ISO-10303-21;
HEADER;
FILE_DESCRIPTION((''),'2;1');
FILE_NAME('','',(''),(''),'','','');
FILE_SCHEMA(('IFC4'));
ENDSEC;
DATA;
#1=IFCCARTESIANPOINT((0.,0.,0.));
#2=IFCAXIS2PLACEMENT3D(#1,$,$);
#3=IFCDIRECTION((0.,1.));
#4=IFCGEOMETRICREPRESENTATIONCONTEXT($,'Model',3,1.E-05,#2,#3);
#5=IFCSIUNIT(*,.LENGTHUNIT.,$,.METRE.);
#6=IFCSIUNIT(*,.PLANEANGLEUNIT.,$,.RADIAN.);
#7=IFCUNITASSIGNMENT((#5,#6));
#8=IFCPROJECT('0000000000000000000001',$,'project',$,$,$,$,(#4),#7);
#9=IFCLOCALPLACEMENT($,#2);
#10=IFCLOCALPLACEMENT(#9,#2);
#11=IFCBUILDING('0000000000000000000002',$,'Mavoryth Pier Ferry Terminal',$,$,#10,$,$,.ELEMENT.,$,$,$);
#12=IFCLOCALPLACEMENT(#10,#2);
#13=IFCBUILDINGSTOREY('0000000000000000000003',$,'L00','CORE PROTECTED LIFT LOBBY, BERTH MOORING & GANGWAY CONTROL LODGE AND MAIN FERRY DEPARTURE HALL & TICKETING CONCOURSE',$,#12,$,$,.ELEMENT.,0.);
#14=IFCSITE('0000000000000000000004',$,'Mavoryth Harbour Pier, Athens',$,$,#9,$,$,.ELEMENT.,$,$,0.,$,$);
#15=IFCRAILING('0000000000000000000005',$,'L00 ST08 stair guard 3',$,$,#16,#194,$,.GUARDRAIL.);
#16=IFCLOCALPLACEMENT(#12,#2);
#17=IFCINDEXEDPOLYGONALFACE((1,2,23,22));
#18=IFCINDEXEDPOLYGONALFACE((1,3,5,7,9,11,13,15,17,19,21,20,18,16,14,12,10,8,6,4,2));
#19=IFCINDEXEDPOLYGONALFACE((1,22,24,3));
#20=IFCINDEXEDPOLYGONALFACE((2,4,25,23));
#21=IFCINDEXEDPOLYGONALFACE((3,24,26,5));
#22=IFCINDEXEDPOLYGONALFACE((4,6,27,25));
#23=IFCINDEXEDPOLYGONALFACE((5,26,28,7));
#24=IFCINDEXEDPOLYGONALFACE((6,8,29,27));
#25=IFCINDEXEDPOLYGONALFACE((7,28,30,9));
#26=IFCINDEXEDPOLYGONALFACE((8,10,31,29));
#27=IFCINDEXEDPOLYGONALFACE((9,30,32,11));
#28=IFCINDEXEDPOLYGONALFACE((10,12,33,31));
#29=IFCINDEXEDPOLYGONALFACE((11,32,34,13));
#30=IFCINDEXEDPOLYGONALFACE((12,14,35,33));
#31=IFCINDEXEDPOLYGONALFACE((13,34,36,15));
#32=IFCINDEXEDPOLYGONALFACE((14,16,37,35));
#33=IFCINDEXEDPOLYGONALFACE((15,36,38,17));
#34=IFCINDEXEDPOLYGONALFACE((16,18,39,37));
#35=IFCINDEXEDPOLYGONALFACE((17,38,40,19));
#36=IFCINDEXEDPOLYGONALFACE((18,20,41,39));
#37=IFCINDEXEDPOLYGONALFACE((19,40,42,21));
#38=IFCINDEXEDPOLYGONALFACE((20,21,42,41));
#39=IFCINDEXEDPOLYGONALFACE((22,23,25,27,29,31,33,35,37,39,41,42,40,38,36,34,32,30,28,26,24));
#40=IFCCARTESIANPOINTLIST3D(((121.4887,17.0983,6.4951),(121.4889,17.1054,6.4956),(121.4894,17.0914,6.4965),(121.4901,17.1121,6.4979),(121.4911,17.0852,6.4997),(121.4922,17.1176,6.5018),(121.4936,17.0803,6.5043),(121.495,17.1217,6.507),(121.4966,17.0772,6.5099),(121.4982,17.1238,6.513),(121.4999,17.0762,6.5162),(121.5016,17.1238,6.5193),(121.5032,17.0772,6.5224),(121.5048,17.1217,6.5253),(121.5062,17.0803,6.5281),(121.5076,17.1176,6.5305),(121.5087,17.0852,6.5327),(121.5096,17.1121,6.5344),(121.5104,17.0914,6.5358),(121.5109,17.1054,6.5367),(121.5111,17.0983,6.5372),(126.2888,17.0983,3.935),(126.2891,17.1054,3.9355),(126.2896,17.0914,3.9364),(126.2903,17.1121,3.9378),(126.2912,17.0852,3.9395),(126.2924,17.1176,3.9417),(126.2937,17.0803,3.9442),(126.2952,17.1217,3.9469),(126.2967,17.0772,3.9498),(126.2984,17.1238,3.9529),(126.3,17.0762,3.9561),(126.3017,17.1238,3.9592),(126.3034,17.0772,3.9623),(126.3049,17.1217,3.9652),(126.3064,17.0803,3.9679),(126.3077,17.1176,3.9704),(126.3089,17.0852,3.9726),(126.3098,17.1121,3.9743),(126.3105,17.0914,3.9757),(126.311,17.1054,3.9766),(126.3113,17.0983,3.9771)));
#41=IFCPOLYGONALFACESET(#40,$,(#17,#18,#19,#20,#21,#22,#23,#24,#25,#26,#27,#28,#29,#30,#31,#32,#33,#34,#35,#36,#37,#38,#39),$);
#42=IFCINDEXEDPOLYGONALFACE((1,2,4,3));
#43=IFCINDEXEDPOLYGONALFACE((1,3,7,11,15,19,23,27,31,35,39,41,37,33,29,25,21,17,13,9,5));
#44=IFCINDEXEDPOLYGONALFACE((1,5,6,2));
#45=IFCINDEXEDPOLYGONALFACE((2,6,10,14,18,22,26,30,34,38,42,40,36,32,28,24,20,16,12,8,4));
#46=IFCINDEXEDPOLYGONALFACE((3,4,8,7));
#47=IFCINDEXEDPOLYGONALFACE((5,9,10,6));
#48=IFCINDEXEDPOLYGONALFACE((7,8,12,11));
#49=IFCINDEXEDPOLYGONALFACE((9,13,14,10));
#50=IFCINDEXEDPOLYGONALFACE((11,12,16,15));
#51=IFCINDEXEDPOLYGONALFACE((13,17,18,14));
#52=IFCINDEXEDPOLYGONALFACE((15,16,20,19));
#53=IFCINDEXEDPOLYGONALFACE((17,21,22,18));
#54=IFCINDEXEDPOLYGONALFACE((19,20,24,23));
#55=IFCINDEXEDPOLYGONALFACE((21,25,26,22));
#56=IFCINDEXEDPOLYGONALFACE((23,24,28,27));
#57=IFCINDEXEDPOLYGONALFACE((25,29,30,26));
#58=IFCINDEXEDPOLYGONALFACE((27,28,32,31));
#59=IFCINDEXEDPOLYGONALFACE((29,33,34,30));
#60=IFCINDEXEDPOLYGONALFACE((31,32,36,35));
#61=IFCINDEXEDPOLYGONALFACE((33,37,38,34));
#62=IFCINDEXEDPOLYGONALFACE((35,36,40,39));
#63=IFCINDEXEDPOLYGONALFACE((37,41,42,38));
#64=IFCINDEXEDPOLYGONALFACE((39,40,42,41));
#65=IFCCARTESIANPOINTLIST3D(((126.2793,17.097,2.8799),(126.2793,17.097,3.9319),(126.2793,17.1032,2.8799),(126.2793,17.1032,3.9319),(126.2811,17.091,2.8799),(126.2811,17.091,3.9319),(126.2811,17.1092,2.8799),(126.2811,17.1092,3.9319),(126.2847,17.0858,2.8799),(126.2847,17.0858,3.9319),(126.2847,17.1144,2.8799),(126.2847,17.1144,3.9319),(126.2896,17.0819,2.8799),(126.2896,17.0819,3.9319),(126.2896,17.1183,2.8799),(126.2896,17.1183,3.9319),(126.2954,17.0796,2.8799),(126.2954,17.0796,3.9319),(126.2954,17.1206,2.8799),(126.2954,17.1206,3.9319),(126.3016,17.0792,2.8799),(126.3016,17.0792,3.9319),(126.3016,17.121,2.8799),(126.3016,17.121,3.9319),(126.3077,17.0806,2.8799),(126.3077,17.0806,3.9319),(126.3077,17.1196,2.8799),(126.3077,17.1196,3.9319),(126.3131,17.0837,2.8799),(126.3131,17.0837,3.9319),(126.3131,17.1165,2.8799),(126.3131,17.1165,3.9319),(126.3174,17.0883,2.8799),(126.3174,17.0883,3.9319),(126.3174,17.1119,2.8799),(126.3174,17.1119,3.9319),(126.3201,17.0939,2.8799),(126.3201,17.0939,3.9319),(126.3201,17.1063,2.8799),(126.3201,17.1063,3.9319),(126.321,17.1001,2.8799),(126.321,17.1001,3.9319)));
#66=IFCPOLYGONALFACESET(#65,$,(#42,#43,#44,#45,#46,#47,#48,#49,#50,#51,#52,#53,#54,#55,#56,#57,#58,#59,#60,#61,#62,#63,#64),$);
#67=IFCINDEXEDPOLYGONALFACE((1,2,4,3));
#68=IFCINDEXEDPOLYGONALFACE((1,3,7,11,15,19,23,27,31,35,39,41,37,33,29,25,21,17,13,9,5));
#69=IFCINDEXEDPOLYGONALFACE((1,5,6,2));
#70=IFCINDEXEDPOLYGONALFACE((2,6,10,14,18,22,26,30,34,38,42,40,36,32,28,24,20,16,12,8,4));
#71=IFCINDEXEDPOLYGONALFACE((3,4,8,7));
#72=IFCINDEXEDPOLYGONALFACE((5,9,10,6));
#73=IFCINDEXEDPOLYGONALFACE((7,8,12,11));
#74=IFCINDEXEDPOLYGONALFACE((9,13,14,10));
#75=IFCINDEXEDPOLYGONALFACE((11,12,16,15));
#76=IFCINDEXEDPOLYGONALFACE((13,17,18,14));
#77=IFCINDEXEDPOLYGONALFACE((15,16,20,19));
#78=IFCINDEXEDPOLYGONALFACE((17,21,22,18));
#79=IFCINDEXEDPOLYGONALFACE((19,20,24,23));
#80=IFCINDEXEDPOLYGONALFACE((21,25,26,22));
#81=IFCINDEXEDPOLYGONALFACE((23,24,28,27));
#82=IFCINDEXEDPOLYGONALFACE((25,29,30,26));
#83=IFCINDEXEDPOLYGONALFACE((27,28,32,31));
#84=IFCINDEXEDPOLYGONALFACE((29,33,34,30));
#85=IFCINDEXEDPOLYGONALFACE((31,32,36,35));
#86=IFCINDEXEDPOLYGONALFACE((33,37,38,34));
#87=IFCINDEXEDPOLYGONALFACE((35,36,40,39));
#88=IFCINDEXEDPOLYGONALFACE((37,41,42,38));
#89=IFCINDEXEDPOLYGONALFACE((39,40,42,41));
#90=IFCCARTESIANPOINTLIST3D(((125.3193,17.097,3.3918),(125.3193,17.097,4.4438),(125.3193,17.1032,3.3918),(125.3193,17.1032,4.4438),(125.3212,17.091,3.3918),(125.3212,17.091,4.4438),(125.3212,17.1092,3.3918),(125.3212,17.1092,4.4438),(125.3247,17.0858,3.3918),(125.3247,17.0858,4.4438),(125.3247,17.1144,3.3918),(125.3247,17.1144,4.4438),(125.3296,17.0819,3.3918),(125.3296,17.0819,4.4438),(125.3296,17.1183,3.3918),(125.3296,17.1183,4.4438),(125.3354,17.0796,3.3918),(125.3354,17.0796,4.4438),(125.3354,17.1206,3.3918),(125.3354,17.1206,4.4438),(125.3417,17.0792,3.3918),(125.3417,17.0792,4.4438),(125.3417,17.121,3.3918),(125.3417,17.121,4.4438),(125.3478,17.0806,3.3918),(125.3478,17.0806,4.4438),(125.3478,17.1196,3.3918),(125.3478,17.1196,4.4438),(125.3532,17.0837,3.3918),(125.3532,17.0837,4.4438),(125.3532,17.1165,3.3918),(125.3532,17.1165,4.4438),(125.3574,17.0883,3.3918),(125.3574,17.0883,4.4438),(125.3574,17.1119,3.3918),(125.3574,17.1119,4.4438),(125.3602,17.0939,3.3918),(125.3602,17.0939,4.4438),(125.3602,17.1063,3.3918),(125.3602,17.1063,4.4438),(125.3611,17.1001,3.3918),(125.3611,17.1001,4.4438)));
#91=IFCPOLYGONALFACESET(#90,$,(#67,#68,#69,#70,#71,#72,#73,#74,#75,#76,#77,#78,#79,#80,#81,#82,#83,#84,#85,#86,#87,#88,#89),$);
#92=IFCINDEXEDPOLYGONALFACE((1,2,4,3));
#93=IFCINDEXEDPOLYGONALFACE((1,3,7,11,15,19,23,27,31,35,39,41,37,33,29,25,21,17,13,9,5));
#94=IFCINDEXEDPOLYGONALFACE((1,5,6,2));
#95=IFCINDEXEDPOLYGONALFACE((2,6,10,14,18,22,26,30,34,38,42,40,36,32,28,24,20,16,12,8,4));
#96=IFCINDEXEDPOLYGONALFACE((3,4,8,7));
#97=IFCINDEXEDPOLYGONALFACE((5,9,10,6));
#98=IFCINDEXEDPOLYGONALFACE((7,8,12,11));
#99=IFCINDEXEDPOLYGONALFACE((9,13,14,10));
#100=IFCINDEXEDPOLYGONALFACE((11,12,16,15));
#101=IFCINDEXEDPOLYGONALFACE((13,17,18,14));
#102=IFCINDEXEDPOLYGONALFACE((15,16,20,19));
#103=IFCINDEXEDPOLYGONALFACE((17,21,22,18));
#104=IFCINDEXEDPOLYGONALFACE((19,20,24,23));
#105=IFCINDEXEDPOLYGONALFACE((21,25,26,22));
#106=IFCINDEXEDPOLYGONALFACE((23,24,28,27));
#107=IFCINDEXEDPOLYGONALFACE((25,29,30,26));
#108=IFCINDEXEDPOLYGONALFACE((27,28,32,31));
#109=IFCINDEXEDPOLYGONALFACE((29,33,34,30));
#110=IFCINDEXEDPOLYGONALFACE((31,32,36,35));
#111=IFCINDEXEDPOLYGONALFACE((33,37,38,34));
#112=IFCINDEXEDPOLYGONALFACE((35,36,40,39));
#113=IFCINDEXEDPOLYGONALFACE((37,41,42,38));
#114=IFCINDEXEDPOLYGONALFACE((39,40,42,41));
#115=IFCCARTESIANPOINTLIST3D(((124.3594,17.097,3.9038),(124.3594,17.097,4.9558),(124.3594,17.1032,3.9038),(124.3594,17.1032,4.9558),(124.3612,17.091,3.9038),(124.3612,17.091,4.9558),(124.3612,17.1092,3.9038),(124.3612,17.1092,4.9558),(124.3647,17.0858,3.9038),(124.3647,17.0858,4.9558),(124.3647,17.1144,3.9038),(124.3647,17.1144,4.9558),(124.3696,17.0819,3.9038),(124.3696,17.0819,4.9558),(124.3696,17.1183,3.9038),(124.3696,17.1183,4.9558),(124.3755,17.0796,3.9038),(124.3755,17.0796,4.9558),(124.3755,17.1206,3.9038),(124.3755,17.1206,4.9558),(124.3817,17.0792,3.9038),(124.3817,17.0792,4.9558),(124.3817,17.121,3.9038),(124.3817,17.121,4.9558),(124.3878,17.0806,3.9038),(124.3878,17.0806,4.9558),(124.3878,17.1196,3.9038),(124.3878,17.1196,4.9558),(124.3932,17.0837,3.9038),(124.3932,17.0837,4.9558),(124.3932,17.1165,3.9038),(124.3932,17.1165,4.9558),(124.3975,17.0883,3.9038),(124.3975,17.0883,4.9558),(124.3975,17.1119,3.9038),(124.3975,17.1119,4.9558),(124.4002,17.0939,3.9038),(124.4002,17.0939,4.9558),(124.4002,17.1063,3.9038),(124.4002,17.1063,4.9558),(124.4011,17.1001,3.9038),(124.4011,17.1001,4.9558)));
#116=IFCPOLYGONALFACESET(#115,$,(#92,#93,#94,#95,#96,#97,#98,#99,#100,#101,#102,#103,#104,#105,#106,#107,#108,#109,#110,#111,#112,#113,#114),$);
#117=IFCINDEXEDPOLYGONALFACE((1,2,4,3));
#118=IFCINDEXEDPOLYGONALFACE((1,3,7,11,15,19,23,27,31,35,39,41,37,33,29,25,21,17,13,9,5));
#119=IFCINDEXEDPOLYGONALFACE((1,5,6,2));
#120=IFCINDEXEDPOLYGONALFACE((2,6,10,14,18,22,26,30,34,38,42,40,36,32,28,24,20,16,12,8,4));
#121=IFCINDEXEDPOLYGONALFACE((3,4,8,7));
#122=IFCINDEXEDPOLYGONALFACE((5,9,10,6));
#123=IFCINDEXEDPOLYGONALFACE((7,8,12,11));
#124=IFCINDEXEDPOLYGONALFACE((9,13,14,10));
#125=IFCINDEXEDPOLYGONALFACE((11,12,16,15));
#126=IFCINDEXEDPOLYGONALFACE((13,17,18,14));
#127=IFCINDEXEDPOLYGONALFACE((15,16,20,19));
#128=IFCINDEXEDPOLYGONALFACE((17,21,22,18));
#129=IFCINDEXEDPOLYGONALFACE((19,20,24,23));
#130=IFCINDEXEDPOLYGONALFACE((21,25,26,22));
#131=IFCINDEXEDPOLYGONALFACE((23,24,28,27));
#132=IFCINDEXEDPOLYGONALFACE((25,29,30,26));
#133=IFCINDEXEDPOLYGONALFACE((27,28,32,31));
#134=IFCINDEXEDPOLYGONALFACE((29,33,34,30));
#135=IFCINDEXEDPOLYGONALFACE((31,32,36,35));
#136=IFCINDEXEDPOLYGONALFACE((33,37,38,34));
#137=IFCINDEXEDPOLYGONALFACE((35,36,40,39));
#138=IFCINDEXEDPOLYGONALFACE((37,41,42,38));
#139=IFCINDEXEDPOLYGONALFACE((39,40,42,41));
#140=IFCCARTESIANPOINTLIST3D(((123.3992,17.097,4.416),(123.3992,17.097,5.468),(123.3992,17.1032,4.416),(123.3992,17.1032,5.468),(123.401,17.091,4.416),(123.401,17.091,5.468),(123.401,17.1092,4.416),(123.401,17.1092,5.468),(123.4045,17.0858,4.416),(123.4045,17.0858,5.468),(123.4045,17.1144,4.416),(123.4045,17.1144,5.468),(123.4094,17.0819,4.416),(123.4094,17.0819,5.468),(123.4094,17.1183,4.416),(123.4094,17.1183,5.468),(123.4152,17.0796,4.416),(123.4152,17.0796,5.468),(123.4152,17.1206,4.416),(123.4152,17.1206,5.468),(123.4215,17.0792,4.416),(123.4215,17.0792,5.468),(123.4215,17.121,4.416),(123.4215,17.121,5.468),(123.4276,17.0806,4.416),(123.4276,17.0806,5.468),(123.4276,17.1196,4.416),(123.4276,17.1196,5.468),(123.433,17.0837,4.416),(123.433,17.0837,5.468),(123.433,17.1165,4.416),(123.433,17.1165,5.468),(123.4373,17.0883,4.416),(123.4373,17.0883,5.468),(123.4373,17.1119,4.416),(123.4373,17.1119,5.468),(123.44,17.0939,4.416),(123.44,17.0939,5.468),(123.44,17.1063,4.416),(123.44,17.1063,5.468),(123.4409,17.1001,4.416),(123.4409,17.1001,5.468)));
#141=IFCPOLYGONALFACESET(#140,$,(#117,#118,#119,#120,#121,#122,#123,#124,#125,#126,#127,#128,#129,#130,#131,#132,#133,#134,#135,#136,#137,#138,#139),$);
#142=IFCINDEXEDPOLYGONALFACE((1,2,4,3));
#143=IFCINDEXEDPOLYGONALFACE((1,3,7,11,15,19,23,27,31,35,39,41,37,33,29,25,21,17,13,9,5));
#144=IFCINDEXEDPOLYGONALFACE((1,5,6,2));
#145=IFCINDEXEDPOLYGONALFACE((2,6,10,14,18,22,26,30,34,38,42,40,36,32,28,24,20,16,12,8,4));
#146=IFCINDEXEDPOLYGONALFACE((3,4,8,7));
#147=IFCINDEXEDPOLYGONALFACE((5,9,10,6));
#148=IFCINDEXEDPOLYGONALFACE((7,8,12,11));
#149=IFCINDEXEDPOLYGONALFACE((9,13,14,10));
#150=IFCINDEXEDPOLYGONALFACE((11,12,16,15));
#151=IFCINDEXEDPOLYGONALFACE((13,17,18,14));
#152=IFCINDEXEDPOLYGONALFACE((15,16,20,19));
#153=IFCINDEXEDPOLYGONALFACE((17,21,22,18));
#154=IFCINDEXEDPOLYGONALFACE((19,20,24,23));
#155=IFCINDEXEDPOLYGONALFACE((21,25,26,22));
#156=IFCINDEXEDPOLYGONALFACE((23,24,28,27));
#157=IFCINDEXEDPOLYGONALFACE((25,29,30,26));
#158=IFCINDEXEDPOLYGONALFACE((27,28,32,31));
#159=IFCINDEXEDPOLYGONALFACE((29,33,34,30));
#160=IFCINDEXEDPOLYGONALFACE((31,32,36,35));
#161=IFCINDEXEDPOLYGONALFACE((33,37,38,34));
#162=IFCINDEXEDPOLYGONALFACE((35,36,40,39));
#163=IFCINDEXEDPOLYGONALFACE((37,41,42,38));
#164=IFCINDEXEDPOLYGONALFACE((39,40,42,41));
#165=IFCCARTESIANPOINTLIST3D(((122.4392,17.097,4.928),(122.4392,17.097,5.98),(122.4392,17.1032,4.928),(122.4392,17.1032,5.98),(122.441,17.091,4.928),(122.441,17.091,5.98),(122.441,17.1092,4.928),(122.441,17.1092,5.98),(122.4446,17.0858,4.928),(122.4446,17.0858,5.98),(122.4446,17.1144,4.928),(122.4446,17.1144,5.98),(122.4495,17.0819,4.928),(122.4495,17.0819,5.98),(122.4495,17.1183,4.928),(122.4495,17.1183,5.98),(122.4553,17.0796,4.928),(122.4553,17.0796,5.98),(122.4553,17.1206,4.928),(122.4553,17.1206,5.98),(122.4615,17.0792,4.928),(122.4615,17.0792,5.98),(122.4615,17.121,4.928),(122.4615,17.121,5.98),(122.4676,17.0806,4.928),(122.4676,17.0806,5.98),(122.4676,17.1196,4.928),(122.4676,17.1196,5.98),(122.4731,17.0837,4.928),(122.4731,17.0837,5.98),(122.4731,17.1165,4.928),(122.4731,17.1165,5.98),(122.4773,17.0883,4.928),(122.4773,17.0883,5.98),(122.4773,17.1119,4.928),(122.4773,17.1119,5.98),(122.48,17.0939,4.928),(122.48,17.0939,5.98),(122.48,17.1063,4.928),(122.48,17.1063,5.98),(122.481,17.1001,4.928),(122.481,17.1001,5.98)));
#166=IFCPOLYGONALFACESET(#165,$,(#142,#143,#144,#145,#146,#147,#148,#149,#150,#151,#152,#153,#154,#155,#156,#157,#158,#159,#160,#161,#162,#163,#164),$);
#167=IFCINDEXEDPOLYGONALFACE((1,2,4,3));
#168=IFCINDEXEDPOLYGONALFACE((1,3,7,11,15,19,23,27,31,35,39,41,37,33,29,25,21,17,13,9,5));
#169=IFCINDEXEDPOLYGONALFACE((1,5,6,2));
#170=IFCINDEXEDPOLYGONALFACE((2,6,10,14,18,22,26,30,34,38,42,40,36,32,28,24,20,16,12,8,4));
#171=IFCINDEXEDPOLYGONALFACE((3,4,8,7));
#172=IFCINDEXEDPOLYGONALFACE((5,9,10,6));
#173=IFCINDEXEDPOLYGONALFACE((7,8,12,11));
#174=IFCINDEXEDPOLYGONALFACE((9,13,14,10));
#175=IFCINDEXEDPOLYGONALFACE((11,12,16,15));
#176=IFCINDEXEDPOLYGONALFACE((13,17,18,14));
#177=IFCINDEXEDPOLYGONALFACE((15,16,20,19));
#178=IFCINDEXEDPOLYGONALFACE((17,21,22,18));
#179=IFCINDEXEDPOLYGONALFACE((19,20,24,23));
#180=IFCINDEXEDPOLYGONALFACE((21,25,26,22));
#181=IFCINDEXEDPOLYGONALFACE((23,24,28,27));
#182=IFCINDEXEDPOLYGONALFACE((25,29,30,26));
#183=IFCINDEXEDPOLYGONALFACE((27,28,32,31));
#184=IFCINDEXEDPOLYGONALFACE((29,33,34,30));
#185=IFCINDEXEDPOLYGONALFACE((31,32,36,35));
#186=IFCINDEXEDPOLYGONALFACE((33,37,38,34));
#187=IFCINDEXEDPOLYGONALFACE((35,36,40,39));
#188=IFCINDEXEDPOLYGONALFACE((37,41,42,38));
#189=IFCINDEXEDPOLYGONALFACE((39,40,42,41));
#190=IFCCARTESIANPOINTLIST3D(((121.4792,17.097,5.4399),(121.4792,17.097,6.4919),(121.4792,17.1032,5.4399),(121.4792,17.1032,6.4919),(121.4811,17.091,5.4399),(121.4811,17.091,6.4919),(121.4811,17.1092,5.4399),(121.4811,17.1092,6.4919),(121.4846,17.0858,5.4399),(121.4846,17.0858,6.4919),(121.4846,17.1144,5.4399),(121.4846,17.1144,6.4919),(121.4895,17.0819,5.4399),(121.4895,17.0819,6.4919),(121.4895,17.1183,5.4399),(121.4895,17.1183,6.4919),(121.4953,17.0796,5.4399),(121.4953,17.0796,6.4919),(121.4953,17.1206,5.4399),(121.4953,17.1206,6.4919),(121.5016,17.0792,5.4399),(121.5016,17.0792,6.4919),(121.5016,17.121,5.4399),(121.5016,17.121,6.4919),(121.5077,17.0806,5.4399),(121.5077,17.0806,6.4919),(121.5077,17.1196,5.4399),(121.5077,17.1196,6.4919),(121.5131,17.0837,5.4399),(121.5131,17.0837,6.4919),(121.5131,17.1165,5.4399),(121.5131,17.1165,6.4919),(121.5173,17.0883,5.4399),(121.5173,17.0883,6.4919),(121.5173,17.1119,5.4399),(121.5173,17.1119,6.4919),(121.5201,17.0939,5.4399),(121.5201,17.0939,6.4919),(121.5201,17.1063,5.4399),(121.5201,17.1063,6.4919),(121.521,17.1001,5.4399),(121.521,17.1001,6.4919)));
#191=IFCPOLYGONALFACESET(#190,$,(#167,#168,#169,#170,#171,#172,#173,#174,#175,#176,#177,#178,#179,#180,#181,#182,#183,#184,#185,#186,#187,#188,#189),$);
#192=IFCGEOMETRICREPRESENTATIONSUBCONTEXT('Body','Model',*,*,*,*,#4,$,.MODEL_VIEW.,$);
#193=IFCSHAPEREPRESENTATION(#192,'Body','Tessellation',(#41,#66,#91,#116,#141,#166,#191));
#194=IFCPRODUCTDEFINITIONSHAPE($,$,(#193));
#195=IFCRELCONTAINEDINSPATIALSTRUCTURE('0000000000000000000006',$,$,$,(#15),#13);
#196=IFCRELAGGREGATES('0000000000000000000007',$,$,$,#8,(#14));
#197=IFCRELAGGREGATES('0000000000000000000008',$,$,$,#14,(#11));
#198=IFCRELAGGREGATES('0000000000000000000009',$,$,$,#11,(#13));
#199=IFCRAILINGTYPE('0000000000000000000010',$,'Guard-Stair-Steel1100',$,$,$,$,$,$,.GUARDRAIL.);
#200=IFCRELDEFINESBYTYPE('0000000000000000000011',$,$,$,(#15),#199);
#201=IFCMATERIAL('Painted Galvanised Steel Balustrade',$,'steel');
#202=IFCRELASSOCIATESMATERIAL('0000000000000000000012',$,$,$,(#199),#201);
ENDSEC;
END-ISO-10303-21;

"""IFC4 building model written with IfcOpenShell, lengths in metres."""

from ifc_helpers import new_model, si_unit, direction, frame, origin, origin_2d, place, context, subcontext, project, spatial, circle, extrude, material, type_object, element, save


model = new_model("IFC4")

# Units and contexts
model_context = context("Model", 3, precision=1e-05, world=origin(), true_north=direction((0.0, 1.0)))
body_context = subcontext(model_context, "Body", "Model", "MODEL_VIEW")
ifc_project = project(units=[si_unit("LENGTHUNIT", "METRE"), si_unit("PLANEANGLEUNIT", "RADIAN")], contexts=[model_context])

# Site, building, storey
site_placement = place(None, origin())
site = spatial("IfcSite", under=ifc_project, at=site_placement, Name="Mavoryth Harbour Pier, Athens", CompositionType="ELEMENT", RefElevation=0.0)
building_placement = place(site_placement, origin())
building = spatial("IfcBuilding", under=site, at=building_placement, Name="Mavoryth Pier Ferry Terminal", CompositionType="ELEMENT")
storey_placement = place(building_placement, origin())
storey = spatial("IfcBuildingStorey", under=building, at=storey_placement, Name="L00", Description="CORE PROTECTED LIFT LOBBY, BERTH MOORING & GANGWAY CONTROL LODGE AND MAIN FERRY DEPARTURE HALL & TICKETING CONCOURSE", CompositionType="ELEMENT", Elevation=0.0)

# Railing
ifc_material_1 = material(Name="Painted Galvanised Steel Balustrade", Category="steel")
railing_type_1 = type_object("IfcRailingType", Name="Guard-Stair-Steel1100", PredefinedType="GUARDRAIL", material=ifc_material_1)
railing_1_placement = place(storey_placement, frame((126.3, 17.1001, 2.8799)))
element("IfcRailing", 1, at=railing_1_placement, inside=storey, type_object=railing_type_1, Name="L00 ST08 stair guard 3", PredefinedType="GUARDRAIL", context=body_context, shape_type="SweptSolid", body=[
    extrude(circle(Radius=0.0239, at=origin_2d()), frame((0.0, 0.0, 1.0762), z_axis=(-0.88235, 0.0, 0.470593), x_axis=(0.0, -1.0, 0.0)), (0.0, 0.0, 1.0), 5.4402),
    extrude(circle(Radius=0.021, at=origin_2d()), origin(), (0.0, 0.0, 1.0), 1.052),
    extrude(circle(Radius=0.021, at=origin_2d()), frame((-0.96, 0.0, 0.512)), (0.0, 0.0, 1.0), 1.052),
    extrude(circle(Radius=0.021, at=origin_2d()), frame((-1.9199, 0.0, 1.0239)), (0.0, 0.0, 1.0), 1.052),
    extrude(circle(Radius=0.021, at=origin_2d()), frame((-2.8801, 0.0, 1.5361)), (0.0, 0.0, 1.0), 1.052),
    extrude(circle(Radius=0.021, at=origin_2d()), frame((-3.8401, 0.0, 2.0481)), (0.0, 0.0, 1.0), 1.052),
    extrude(circle(Radius=0.021, at=origin_2d()), frame((-4.8, 0.0, 2.5601)), (0.0, 0.0, 1.0), 1.052),
])

save(model, "model.ifc")
